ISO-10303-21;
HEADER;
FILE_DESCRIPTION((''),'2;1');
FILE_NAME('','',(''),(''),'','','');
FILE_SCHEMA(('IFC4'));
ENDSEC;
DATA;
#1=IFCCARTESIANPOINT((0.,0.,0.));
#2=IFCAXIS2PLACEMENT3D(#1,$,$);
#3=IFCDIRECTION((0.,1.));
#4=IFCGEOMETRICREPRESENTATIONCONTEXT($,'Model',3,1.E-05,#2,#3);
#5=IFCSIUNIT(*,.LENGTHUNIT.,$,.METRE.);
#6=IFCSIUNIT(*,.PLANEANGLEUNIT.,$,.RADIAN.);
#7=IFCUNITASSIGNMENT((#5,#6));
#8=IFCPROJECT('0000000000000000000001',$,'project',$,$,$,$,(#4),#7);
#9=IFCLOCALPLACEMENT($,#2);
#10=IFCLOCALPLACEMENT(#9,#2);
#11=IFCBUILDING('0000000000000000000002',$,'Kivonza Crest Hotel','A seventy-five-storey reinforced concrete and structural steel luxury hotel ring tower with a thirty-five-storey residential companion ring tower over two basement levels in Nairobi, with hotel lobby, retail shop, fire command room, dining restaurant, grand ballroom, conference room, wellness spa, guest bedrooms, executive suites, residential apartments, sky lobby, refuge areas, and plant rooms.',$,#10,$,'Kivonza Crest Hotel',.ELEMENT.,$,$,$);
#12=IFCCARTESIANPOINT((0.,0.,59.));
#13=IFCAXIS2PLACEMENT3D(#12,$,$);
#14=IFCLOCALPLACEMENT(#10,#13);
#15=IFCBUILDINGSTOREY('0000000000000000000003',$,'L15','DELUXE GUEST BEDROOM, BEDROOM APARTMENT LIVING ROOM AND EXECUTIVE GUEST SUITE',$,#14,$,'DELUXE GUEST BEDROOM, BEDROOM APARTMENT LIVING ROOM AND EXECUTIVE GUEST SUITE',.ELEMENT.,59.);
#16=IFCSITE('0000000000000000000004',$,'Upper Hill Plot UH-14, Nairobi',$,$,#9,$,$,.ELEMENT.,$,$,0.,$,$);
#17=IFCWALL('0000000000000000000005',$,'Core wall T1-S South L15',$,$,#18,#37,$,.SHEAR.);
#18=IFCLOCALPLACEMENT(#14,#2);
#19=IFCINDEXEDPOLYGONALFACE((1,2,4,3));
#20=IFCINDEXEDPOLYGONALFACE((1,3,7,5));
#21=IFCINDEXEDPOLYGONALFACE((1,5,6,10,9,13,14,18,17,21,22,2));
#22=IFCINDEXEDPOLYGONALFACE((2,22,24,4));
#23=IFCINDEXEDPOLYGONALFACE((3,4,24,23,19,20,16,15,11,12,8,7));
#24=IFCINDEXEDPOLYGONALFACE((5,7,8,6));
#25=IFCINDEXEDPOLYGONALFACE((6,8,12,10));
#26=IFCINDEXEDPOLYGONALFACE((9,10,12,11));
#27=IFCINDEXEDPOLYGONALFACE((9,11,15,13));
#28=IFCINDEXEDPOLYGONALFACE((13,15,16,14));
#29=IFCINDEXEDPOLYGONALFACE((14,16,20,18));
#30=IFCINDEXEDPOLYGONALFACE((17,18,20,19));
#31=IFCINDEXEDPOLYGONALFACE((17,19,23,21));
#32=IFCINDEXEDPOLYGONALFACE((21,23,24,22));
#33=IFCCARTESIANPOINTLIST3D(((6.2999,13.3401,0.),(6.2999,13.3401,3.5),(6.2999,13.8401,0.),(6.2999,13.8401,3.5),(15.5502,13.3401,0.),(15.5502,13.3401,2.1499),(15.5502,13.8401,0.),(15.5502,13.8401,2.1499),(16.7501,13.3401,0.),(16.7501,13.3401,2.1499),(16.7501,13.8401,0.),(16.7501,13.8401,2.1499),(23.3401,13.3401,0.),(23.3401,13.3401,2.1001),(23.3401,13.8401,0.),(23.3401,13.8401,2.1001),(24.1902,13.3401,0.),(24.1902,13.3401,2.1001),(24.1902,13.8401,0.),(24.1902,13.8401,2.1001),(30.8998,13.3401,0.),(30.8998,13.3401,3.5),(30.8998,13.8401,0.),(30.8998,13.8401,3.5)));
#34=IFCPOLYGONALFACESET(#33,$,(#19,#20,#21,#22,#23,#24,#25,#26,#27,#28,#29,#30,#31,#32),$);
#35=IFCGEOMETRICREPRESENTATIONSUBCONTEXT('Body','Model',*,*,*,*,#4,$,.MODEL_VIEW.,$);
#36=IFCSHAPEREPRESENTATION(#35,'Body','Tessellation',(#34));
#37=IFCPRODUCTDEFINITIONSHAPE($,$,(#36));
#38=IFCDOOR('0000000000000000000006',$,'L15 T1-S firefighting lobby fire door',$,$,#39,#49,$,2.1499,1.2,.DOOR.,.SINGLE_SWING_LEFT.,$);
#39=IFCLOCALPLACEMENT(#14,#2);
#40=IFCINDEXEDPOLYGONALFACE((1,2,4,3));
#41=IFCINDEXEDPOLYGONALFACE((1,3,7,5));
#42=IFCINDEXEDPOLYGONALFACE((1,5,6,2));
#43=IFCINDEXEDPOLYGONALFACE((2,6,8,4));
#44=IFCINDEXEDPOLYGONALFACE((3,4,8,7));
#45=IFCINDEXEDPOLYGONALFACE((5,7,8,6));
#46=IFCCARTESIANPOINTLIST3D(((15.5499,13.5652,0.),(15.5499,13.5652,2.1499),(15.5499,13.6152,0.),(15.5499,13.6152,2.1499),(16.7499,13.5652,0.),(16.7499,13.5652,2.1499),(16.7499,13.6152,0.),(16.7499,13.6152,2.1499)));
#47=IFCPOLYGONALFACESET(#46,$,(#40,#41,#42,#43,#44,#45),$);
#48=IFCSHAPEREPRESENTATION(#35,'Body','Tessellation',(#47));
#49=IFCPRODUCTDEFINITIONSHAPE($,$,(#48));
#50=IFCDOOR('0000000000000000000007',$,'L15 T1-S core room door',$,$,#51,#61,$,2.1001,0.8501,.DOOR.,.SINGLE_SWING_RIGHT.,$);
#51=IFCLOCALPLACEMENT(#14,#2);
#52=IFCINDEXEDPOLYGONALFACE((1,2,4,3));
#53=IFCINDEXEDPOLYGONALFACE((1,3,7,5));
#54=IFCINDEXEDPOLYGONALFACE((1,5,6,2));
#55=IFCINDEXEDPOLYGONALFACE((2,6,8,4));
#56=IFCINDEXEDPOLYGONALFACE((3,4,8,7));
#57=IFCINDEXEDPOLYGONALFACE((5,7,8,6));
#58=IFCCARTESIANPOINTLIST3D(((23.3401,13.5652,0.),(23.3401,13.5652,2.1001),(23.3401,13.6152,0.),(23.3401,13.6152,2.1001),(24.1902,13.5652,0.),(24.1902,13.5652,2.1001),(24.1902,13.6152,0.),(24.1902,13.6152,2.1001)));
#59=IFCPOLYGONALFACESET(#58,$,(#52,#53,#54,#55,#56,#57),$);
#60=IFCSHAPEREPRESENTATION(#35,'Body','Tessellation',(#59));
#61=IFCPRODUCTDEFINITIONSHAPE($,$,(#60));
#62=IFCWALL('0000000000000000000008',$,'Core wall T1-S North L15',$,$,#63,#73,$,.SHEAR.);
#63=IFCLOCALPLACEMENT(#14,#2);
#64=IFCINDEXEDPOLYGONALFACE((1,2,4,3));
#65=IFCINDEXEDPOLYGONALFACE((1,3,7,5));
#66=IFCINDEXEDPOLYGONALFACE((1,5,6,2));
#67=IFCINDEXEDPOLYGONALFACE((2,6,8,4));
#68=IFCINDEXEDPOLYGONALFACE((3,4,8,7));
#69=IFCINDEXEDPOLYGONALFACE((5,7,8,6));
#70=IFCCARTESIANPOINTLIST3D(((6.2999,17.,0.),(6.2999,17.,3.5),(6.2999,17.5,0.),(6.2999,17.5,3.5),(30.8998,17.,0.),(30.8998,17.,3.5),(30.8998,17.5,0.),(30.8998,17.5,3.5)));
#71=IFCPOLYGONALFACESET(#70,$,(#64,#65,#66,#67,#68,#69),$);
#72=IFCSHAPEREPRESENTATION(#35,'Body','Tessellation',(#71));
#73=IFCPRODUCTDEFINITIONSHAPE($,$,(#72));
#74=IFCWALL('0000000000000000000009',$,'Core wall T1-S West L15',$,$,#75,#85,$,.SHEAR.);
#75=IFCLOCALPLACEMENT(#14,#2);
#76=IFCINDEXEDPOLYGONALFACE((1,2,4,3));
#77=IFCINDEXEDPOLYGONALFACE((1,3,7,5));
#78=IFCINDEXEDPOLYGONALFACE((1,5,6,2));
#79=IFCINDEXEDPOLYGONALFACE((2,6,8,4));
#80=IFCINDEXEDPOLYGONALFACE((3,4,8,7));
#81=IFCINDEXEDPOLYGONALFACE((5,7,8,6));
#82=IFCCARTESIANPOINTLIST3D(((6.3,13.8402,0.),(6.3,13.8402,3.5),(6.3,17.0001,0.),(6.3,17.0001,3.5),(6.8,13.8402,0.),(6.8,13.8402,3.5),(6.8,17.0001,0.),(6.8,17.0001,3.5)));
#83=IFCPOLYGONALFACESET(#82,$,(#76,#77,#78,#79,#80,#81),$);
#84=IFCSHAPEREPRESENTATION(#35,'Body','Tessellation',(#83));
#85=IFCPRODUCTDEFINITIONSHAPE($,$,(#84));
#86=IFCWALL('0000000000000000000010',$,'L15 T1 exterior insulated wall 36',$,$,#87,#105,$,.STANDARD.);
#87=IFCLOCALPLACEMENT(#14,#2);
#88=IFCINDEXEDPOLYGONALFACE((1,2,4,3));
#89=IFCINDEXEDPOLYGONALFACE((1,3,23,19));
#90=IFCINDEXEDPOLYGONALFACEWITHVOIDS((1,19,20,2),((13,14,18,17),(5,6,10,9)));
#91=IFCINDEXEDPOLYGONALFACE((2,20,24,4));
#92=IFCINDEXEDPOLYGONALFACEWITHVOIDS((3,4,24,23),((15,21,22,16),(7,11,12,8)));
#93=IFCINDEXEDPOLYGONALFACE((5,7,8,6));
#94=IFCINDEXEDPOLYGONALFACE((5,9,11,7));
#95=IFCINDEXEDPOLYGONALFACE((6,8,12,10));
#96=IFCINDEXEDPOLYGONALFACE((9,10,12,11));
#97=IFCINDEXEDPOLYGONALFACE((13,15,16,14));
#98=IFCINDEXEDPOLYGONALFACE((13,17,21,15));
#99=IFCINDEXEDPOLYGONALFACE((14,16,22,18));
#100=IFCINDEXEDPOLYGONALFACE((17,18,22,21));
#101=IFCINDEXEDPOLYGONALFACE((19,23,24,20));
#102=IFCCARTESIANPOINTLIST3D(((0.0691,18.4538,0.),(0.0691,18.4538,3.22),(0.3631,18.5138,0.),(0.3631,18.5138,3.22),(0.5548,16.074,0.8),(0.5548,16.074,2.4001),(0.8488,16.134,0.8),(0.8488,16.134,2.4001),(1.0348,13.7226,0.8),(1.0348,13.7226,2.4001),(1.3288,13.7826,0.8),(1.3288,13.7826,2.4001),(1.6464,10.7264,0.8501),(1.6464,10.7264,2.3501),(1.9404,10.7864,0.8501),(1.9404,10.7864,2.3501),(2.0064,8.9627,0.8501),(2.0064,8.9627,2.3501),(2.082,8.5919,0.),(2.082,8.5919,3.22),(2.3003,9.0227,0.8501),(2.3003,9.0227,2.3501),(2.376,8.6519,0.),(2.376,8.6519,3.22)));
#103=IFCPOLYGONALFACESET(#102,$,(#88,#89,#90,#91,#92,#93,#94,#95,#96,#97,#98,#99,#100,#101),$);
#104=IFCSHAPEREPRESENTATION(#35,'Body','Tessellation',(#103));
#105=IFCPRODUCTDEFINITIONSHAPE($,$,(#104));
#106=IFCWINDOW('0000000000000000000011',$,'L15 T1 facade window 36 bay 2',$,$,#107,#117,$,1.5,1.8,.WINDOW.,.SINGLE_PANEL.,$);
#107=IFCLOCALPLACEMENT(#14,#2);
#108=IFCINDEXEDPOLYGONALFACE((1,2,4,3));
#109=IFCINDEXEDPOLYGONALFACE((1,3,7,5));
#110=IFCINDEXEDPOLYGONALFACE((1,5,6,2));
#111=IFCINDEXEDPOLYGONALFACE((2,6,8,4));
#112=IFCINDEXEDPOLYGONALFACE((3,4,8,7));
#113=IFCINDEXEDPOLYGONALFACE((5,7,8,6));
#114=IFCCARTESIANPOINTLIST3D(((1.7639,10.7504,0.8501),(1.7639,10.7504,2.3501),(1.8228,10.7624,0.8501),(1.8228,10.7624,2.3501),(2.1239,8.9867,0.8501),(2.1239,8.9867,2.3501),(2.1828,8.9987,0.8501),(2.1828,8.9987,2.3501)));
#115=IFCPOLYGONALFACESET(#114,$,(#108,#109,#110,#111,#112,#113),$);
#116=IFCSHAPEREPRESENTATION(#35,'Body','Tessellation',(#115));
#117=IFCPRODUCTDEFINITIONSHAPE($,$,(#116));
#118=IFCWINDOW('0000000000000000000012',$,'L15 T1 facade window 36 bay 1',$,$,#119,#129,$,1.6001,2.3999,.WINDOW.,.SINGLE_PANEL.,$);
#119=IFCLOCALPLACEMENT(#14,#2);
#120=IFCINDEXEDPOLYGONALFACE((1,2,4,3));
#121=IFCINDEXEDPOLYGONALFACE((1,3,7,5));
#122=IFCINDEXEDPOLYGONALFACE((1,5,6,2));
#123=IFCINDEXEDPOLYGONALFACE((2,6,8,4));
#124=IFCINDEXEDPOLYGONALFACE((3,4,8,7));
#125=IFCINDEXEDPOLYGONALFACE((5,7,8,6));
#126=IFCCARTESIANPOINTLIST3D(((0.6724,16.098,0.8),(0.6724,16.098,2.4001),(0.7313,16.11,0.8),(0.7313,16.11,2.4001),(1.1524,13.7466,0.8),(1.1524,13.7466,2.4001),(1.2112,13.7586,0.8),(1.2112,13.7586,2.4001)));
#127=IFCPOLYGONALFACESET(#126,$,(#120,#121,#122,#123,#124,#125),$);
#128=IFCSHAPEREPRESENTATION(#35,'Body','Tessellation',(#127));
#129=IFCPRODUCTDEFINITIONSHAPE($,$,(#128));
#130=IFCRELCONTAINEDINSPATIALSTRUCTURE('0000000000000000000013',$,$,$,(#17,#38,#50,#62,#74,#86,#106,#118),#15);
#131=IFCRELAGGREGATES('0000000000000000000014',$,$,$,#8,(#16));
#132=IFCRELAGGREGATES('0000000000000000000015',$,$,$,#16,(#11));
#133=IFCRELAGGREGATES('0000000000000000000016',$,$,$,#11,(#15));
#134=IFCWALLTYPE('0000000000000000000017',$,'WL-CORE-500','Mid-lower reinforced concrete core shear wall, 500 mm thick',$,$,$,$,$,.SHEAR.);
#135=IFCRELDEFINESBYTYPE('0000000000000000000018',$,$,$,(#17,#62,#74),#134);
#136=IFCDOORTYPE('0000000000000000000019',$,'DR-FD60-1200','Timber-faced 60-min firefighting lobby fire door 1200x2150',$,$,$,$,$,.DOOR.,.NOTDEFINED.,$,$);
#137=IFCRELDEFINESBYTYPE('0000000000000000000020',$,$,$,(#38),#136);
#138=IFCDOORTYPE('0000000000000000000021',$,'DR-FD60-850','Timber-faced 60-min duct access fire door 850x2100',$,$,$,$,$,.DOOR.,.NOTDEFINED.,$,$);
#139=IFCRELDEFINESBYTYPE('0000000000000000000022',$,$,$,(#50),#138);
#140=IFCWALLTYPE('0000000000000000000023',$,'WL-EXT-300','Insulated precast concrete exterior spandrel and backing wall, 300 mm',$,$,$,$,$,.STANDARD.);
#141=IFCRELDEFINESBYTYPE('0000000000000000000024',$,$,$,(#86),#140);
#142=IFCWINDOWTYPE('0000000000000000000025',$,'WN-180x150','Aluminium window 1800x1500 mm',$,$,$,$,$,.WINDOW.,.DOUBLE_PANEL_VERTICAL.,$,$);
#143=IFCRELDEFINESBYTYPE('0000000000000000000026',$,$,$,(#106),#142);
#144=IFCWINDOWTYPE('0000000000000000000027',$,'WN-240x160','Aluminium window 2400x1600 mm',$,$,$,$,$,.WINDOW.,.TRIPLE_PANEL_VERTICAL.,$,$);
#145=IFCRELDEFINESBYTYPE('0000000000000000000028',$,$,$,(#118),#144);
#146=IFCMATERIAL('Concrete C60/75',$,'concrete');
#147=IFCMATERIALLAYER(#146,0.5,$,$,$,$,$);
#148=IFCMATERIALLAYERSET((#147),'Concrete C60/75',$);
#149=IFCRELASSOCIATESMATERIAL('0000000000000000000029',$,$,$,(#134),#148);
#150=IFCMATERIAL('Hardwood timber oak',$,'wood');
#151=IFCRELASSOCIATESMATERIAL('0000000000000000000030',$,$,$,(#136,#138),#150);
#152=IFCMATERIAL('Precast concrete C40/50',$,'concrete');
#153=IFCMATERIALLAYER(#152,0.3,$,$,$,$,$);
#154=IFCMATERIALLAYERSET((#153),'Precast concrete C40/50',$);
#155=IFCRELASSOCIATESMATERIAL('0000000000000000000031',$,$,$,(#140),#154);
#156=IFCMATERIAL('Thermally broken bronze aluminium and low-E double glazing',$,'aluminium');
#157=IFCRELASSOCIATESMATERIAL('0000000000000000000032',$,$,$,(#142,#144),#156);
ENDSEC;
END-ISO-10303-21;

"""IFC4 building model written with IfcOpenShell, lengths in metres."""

from ifc_helpers import new_model, si_unit, direction, frame, frame_2d, origin, place, context, subcontext, project, spatial, rectangle, extrude, material, layer, layer_set, type_object, element, fill, save


model = new_model("IFC4")

# Units and contexts
model_context = context("Model", 3, precision=1e-05, world=origin(), true_north=direction((0.0, 1.0)))
body_context = subcontext(model_context, "Body", "Model", "MODEL_VIEW")
ifc_project = project(units=[si_unit("LENGTHUNIT", "METRE"), si_unit("PLANEANGLEUNIT", "RADIAN")], contexts=[model_context])

# Site, building, storey
site_placement = place(None, origin())
site = spatial("IfcSite", under=ifc_project, at=site_placement, Name="Upper Hill Plot UH-14, Nairobi", CompositionType="ELEMENT", RefElevation=0.0)
building_placement = place(site_placement, origin())
building = spatial("IfcBuilding", under=site, at=building_placement, Name="Kivonza Crest Hotel", Description="A seventy-five-storey reinforced concrete and structural steel luxury hotel ring tower with a thirty-five-storey residential companion ring tower over two basement levels in Nairobi, with hotel lobby, retail shop, fire command room, dining restaurant, grand ballroom, conference room, wellness spa, guest bedrooms, executive suites, residential apartments, sky lobby, refuge areas, and plant rooms.", LongName="Kivonza Crest Hotel", CompositionType="ELEMENT")
storey_placement = place(building_placement, frame((0.0, 0.0, 59.0)))
storey = spatial("IfcBuildingStorey", under=building, at=storey_placement, Name="L15", Description="DELUXE GUEST BEDROOM, BEDROOM APARTMENT LIVING ROOM AND EXECUTIVE GUEST SUITE", LongName="DELUXE GUEST BEDROOM, BEDROOM APARTMENT LIVING ROOM AND EXECUTIVE GUEST SUITE", CompositionType="ELEMENT", Elevation=59.0)

# Shared definitions
ifc_material_1 = material(Name="Concrete C60/75", Category="concrete")

# Shared definitions
ifc_material_2 = material(Name="Hardwood timber oak", Category="wood")

# Wall, openings, doors
ifc_layer_1 = layer(ifc_material_1, 0.5)
ifc_layer_set_1 = layer_set([ifc_layer_1], Name="Concrete C60/75")
wall_type_1 = type_object("IfcWallType", Name="WL-CORE-500", Description="Mid-lower reinforced concrete core shear wall, 500 mm thick", PredefinedType="SHEAR", material=ifc_layer_set_1)
wall_1_placement = place(storey_placement, frame((6.3, 13.5901, 0.0), z_axis=(0.0, 0.0, 1.0), x_axis=(1.0, 0.0, 0.0)))
wall_1 = element("IfcWall", 1, at=wall_1_placement, inside=storey, type_object=wall_type_1, Name="Core wall T1-S South L15", PredefinedType="SHEAR", context=body_context, shape_type="SweptSolid", body=[
    extrude(rectangle(XDim=24.5999, YDim=0.5, at=frame_2d((12.2998, 0.0))), origin(), (0.0, 0.0, 1.0), 3.5),
])
opening_1_placement = place(wall_1_placement, frame((9.25, 0.0, 0.0)))
opening_1 = element("IfcOpeningElement", 2, at=opening_1_placement, cuts=wall_1, PredefinedType="OPENING", context=body_context, shape_type="SweptSolid", body=[
    extrude(rectangle(XDim=1.2, YDim=2.1499, at=frame_2d((0.6001, 1.075))), frame((0.0, 0.26, 0.0), z_axis=(0.0, -1.0, 0.0), x_axis=(1.0, 0.0, 0.0)), (0.0, 0.0, 1.0), 0.52),
])
opening_2_placement = place(wall_1_placement, frame((17.04, 0.0, 0.0)))
opening_2 = element("IfcOpeningElement", 3, at=opening_2_placement, cuts=wall_1, PredefinedType="OPENING", context=body_context, shape_type="SweptSolid", body=[
    extrude(rectangle(XDim=0.8501, YDim=2.1001, at=frame_2d((0.425, 1.05))), frame((0.0, 0.26, 0.0), z_axis=(0.0, -1.0, 0.0), x_axis=(1.0, 0.0, 0.0)), (0.0, 0.0, 1.0), 0.52),
])
door_type_1 = type_object("IfcDoorType", Name="DR-FD60-1200", Description="Timber-faced 60-min firefighting lobby fire door 1200x2150", OperationType="NOTDEFINED", PredefinedType="DOOR", material=ifc_material_2)
door_1_placement = place(opening_1_placement, frame((1.2, 0.0, 0.0), z_axis=(0.0, 0.0, 1.0), x_axis=(-1.0, 0.0, 0.0)))
door_1 = element("IfcDoor", 4, at=door_1_placement, inside=storey, type_object=door_type_1, Name="L15 T1-S firefighting lobby fire door", OperationType="SINGLE_SWING_LEFT", OverallHeight=2.1499, OverallWidth=1.2, PredefinedType="DOOR", context=body_context, shape_type="SweptSolid", body=[
    extrude(rectangle(XDim=1.2, YDim=2.1499, at=frame_2d((0.6001, 1.075))), frame((0.0, 0.0249, 0.0), z_axis=(0.0, -1.0, 0.0), x_axis=(1.0, 0.0, 0.0)), (0.0, 0.0, 1.0), 0.05),
])
fill(opening_1, door_1)
door_type_2 = type_object("IfcDoorType", Name="DR-FD60-850", Description="Timber-faced 60-min duct access fire door 850x2100", OperationType="NOTDEFINED", PredefinedType="DOOR", material=ifc_material_2)
door_2_placement = place(opening_2_placement, frame((0.8501, 0.0, 0.0), z_axis=(0.0, 0.0, 1.0), x_axis=(-1.0, 0.0, 0.0)))
door_2 = element("IfcDoor", 5, at=door_2_placement, inside=storey, type_object=door_type_2, Name="L15 T1-S core room door", OperationType="SINGLE_SWING_RIGHT", OverallHeight=2.1001, OverallWidth=0.8501, PredefinedType="DOOR", context=body_context, shape_type="SweptSolid", body=[
    extrude(rectangle(XDim=0.8501, YDim=2.1001, at=frame_2d((0.425, 1.05))), frame((0.0, 0.0249, 0.0), z_axis=(0.0, -1.0, 0.0), x_axis=(1.0, 0.0, 0.0)), (0.0, 0.0, 1.0), 0.05),
])
fill(opening_2, door_2)

# Walls
wall_2_placement = place(storey_placement, frame((6.3, 17.25, 0.0), z_axis=(0.0, 0.0, 1.0), x_axis=(1.0, 0.0, 0.0)))
element("IfcWall", 6, at=wall_2_placement, inside=storey, type_object=wall_type_1, Name="Core wall T1-S North L15", PredefinedType="SHEAR", context=body_context, shape_type="SweptSolid", body=[
    extrude(rectangle(XDim=24.5999, YDim=0.5, at=frame_2d((12.2998, 0.0))), origin(), (0.0, 0.0, 1.0), 3.5),
])
wall_3_placement = place(storey_placement, frame((6.55, 13.8401, 0.0), z_axis=(0.0, 0.0, 1.0), x_axis=(0.0, 1.0, 0.0)))
element("IfcWall", 7, at=wall_3_placement, inside=storey, type_object=wall_type_1, Name="Core wall T1-S West L15", PredefinedType="SHEAR", context=body_context, shape_type="SweptSolid", body=[
    extrude(rectangle(XDim=3.1599, YDim=0.5, at=frame_2d((1.5801, 0.0))), origin(), (0.0, 0.0, 1.0), 3.5),
])

# Wall, openings, windows
ifc_material_3 = material(Name="Precast concrete C40/50", Category="concrete")
ifc_layer_2 = layer(ifc_material_3, 0.3)
ifc_layer_set_2 = layer_set([ifc_layer_2], Name="Precast concrete C40/50")
wall_type_2 = type_object("IfcWallType", Name="WL-EXT-300", Description="Insulated precast concrete exterior spandrel and backing wall, 300 mm", PredefinedType="STANDARD", material=ifc_layer_set_2)
wall_4_placement = place(storey_placement, frame((0.2161, 18.4839, 0.0), z_axis=(0.0, 0.0, 1.0), x_axis=(0.199991, -0.979798, 0.0)))
wall_4 = element("IfcWall", 8, at=wall_4_placement, inside=storey, type_object=wall_type_2, Name="L15 T1 exterior insulated wall 36", PredefinedType="STANDARD", context=body_context, shape_type="SweptSolid", body=[
    extrude(rectangle(XDim=10.0652, YDim=0.3, at=frame_2d((5.0327, 0.0))), origin(), (0.0, 0.0, 1.0), 3.22),
])
opening_3_placement = place(wall_4_placement, frame((2.429, 0.0, 0.8)))
opening_3 = element("IfcOpeningElement", 9, at=opening_3_placement, cuts=wall_4, PredefinedType="OPENING", context=body_context, shape_type="SweptSolid", body=[
    extrude(rectangle(XDim=2.3999, YDim=1.6001, at=frame_2d((1.2, 0.8))), frame((0.0, 0.1602, 0.0), z_axis=(0.0, -1.0, 0.0), x_axis=(1.0, 0.0, 0.0)), (0.0, 0.0, 1.0), 0.3201),
])
opening_4_placement = place(wall_4_placement, frame((7.887, 0.0, 0.8501)))
opening_4 = element("IfcOpeningElement", 10, at=opening_4_placement, cuts=wall_4, PredefinedType="OPENING", context=body_context, shape_type="SweptSolid", body=[
    extrude(rectangle(XDim=1.8, YDim=1.5, at=frame_2d((0.8999, 0.75))), frame((0.0, 0.1602, 0.0), z_axis=(0.0, -1.0, 0.0), x_axis=(1.0, 0.0, 0.0)), (0.0, 0.0, 1.0), 0.3201),
])
ifc_material_4 = material(Name="Thermally broken bronze aluminium and low-E double glazing", Category="aluminium")
window_type_1 = type_object("IfcWindowType", Name="WN-180x150", Description="Aluminium window 1800x1500 mm", PartitioningType="DOUBLE_PANEL_VERTICAL", PredefinedType="WINDOW", material=ifc_material_4)
window_1_placement = place(opening_4_placement, origin())
window_1 = element("IfcWindow", 11, at=window_1_placement, inside=storey, type_object=window_type_1, Name="L15 T1 facade window 36 bay 2", OverallHeight=1.5, OverallWidth=1.8, PartitioningType="SINGLE_PANEL", PredefinedType="WINDOW", context=body_context, shape_type="SweptSolid", body=[
    extrude(rectangle(XDim=1.8, YDim=1.5, at=frame_2d((0.8999, 0.75))), frame((0.0, 0.03, 0.0), z_axis=(0.0, -1.0, 0.0), x_axis=(1.0, 0.0, 0.0)), (0.0, 0.0, 1.0), 0.0601),
])
fill(opening_4, window_1)
window_type_2 = type_object("IfcWindowType", Name="WN-240x160", Description="Aluminium window 2400x1600 mm", PartitioningType="TRIPLE_PANEL_VERTICAL", PredefinedType="WINDOW", material=ifc_material_4)
window_2_placement = place(opening_3_placement, origin())
window_2 = element("IfcWindow", 12, at=window_2_placement, inside=storey, type_object=window_type_2, Name="L15 T1 facade window 36 bay 1", OverallHeight=1.6001, OverallWidth=2.3999, PartitioningType="SINGLE_PANEL", PredefinedType="WINDOW", context=body_context, shape_type="SweptSolid", body=[
    extrude(rectangle(XDim=2.3999, YDim=1.6001, at=frame_2d((1.2, 0.8))), frame((0.0, 0.03, 0.0), z_axis=(0.0, -1.0, 0.0), x_axis=(1.0, 0.0, 0.0)), (0.0, 0.0, 1.0), 0.0601),
])
fill(opening_3, window_2)

save(model, "model.ifc")
